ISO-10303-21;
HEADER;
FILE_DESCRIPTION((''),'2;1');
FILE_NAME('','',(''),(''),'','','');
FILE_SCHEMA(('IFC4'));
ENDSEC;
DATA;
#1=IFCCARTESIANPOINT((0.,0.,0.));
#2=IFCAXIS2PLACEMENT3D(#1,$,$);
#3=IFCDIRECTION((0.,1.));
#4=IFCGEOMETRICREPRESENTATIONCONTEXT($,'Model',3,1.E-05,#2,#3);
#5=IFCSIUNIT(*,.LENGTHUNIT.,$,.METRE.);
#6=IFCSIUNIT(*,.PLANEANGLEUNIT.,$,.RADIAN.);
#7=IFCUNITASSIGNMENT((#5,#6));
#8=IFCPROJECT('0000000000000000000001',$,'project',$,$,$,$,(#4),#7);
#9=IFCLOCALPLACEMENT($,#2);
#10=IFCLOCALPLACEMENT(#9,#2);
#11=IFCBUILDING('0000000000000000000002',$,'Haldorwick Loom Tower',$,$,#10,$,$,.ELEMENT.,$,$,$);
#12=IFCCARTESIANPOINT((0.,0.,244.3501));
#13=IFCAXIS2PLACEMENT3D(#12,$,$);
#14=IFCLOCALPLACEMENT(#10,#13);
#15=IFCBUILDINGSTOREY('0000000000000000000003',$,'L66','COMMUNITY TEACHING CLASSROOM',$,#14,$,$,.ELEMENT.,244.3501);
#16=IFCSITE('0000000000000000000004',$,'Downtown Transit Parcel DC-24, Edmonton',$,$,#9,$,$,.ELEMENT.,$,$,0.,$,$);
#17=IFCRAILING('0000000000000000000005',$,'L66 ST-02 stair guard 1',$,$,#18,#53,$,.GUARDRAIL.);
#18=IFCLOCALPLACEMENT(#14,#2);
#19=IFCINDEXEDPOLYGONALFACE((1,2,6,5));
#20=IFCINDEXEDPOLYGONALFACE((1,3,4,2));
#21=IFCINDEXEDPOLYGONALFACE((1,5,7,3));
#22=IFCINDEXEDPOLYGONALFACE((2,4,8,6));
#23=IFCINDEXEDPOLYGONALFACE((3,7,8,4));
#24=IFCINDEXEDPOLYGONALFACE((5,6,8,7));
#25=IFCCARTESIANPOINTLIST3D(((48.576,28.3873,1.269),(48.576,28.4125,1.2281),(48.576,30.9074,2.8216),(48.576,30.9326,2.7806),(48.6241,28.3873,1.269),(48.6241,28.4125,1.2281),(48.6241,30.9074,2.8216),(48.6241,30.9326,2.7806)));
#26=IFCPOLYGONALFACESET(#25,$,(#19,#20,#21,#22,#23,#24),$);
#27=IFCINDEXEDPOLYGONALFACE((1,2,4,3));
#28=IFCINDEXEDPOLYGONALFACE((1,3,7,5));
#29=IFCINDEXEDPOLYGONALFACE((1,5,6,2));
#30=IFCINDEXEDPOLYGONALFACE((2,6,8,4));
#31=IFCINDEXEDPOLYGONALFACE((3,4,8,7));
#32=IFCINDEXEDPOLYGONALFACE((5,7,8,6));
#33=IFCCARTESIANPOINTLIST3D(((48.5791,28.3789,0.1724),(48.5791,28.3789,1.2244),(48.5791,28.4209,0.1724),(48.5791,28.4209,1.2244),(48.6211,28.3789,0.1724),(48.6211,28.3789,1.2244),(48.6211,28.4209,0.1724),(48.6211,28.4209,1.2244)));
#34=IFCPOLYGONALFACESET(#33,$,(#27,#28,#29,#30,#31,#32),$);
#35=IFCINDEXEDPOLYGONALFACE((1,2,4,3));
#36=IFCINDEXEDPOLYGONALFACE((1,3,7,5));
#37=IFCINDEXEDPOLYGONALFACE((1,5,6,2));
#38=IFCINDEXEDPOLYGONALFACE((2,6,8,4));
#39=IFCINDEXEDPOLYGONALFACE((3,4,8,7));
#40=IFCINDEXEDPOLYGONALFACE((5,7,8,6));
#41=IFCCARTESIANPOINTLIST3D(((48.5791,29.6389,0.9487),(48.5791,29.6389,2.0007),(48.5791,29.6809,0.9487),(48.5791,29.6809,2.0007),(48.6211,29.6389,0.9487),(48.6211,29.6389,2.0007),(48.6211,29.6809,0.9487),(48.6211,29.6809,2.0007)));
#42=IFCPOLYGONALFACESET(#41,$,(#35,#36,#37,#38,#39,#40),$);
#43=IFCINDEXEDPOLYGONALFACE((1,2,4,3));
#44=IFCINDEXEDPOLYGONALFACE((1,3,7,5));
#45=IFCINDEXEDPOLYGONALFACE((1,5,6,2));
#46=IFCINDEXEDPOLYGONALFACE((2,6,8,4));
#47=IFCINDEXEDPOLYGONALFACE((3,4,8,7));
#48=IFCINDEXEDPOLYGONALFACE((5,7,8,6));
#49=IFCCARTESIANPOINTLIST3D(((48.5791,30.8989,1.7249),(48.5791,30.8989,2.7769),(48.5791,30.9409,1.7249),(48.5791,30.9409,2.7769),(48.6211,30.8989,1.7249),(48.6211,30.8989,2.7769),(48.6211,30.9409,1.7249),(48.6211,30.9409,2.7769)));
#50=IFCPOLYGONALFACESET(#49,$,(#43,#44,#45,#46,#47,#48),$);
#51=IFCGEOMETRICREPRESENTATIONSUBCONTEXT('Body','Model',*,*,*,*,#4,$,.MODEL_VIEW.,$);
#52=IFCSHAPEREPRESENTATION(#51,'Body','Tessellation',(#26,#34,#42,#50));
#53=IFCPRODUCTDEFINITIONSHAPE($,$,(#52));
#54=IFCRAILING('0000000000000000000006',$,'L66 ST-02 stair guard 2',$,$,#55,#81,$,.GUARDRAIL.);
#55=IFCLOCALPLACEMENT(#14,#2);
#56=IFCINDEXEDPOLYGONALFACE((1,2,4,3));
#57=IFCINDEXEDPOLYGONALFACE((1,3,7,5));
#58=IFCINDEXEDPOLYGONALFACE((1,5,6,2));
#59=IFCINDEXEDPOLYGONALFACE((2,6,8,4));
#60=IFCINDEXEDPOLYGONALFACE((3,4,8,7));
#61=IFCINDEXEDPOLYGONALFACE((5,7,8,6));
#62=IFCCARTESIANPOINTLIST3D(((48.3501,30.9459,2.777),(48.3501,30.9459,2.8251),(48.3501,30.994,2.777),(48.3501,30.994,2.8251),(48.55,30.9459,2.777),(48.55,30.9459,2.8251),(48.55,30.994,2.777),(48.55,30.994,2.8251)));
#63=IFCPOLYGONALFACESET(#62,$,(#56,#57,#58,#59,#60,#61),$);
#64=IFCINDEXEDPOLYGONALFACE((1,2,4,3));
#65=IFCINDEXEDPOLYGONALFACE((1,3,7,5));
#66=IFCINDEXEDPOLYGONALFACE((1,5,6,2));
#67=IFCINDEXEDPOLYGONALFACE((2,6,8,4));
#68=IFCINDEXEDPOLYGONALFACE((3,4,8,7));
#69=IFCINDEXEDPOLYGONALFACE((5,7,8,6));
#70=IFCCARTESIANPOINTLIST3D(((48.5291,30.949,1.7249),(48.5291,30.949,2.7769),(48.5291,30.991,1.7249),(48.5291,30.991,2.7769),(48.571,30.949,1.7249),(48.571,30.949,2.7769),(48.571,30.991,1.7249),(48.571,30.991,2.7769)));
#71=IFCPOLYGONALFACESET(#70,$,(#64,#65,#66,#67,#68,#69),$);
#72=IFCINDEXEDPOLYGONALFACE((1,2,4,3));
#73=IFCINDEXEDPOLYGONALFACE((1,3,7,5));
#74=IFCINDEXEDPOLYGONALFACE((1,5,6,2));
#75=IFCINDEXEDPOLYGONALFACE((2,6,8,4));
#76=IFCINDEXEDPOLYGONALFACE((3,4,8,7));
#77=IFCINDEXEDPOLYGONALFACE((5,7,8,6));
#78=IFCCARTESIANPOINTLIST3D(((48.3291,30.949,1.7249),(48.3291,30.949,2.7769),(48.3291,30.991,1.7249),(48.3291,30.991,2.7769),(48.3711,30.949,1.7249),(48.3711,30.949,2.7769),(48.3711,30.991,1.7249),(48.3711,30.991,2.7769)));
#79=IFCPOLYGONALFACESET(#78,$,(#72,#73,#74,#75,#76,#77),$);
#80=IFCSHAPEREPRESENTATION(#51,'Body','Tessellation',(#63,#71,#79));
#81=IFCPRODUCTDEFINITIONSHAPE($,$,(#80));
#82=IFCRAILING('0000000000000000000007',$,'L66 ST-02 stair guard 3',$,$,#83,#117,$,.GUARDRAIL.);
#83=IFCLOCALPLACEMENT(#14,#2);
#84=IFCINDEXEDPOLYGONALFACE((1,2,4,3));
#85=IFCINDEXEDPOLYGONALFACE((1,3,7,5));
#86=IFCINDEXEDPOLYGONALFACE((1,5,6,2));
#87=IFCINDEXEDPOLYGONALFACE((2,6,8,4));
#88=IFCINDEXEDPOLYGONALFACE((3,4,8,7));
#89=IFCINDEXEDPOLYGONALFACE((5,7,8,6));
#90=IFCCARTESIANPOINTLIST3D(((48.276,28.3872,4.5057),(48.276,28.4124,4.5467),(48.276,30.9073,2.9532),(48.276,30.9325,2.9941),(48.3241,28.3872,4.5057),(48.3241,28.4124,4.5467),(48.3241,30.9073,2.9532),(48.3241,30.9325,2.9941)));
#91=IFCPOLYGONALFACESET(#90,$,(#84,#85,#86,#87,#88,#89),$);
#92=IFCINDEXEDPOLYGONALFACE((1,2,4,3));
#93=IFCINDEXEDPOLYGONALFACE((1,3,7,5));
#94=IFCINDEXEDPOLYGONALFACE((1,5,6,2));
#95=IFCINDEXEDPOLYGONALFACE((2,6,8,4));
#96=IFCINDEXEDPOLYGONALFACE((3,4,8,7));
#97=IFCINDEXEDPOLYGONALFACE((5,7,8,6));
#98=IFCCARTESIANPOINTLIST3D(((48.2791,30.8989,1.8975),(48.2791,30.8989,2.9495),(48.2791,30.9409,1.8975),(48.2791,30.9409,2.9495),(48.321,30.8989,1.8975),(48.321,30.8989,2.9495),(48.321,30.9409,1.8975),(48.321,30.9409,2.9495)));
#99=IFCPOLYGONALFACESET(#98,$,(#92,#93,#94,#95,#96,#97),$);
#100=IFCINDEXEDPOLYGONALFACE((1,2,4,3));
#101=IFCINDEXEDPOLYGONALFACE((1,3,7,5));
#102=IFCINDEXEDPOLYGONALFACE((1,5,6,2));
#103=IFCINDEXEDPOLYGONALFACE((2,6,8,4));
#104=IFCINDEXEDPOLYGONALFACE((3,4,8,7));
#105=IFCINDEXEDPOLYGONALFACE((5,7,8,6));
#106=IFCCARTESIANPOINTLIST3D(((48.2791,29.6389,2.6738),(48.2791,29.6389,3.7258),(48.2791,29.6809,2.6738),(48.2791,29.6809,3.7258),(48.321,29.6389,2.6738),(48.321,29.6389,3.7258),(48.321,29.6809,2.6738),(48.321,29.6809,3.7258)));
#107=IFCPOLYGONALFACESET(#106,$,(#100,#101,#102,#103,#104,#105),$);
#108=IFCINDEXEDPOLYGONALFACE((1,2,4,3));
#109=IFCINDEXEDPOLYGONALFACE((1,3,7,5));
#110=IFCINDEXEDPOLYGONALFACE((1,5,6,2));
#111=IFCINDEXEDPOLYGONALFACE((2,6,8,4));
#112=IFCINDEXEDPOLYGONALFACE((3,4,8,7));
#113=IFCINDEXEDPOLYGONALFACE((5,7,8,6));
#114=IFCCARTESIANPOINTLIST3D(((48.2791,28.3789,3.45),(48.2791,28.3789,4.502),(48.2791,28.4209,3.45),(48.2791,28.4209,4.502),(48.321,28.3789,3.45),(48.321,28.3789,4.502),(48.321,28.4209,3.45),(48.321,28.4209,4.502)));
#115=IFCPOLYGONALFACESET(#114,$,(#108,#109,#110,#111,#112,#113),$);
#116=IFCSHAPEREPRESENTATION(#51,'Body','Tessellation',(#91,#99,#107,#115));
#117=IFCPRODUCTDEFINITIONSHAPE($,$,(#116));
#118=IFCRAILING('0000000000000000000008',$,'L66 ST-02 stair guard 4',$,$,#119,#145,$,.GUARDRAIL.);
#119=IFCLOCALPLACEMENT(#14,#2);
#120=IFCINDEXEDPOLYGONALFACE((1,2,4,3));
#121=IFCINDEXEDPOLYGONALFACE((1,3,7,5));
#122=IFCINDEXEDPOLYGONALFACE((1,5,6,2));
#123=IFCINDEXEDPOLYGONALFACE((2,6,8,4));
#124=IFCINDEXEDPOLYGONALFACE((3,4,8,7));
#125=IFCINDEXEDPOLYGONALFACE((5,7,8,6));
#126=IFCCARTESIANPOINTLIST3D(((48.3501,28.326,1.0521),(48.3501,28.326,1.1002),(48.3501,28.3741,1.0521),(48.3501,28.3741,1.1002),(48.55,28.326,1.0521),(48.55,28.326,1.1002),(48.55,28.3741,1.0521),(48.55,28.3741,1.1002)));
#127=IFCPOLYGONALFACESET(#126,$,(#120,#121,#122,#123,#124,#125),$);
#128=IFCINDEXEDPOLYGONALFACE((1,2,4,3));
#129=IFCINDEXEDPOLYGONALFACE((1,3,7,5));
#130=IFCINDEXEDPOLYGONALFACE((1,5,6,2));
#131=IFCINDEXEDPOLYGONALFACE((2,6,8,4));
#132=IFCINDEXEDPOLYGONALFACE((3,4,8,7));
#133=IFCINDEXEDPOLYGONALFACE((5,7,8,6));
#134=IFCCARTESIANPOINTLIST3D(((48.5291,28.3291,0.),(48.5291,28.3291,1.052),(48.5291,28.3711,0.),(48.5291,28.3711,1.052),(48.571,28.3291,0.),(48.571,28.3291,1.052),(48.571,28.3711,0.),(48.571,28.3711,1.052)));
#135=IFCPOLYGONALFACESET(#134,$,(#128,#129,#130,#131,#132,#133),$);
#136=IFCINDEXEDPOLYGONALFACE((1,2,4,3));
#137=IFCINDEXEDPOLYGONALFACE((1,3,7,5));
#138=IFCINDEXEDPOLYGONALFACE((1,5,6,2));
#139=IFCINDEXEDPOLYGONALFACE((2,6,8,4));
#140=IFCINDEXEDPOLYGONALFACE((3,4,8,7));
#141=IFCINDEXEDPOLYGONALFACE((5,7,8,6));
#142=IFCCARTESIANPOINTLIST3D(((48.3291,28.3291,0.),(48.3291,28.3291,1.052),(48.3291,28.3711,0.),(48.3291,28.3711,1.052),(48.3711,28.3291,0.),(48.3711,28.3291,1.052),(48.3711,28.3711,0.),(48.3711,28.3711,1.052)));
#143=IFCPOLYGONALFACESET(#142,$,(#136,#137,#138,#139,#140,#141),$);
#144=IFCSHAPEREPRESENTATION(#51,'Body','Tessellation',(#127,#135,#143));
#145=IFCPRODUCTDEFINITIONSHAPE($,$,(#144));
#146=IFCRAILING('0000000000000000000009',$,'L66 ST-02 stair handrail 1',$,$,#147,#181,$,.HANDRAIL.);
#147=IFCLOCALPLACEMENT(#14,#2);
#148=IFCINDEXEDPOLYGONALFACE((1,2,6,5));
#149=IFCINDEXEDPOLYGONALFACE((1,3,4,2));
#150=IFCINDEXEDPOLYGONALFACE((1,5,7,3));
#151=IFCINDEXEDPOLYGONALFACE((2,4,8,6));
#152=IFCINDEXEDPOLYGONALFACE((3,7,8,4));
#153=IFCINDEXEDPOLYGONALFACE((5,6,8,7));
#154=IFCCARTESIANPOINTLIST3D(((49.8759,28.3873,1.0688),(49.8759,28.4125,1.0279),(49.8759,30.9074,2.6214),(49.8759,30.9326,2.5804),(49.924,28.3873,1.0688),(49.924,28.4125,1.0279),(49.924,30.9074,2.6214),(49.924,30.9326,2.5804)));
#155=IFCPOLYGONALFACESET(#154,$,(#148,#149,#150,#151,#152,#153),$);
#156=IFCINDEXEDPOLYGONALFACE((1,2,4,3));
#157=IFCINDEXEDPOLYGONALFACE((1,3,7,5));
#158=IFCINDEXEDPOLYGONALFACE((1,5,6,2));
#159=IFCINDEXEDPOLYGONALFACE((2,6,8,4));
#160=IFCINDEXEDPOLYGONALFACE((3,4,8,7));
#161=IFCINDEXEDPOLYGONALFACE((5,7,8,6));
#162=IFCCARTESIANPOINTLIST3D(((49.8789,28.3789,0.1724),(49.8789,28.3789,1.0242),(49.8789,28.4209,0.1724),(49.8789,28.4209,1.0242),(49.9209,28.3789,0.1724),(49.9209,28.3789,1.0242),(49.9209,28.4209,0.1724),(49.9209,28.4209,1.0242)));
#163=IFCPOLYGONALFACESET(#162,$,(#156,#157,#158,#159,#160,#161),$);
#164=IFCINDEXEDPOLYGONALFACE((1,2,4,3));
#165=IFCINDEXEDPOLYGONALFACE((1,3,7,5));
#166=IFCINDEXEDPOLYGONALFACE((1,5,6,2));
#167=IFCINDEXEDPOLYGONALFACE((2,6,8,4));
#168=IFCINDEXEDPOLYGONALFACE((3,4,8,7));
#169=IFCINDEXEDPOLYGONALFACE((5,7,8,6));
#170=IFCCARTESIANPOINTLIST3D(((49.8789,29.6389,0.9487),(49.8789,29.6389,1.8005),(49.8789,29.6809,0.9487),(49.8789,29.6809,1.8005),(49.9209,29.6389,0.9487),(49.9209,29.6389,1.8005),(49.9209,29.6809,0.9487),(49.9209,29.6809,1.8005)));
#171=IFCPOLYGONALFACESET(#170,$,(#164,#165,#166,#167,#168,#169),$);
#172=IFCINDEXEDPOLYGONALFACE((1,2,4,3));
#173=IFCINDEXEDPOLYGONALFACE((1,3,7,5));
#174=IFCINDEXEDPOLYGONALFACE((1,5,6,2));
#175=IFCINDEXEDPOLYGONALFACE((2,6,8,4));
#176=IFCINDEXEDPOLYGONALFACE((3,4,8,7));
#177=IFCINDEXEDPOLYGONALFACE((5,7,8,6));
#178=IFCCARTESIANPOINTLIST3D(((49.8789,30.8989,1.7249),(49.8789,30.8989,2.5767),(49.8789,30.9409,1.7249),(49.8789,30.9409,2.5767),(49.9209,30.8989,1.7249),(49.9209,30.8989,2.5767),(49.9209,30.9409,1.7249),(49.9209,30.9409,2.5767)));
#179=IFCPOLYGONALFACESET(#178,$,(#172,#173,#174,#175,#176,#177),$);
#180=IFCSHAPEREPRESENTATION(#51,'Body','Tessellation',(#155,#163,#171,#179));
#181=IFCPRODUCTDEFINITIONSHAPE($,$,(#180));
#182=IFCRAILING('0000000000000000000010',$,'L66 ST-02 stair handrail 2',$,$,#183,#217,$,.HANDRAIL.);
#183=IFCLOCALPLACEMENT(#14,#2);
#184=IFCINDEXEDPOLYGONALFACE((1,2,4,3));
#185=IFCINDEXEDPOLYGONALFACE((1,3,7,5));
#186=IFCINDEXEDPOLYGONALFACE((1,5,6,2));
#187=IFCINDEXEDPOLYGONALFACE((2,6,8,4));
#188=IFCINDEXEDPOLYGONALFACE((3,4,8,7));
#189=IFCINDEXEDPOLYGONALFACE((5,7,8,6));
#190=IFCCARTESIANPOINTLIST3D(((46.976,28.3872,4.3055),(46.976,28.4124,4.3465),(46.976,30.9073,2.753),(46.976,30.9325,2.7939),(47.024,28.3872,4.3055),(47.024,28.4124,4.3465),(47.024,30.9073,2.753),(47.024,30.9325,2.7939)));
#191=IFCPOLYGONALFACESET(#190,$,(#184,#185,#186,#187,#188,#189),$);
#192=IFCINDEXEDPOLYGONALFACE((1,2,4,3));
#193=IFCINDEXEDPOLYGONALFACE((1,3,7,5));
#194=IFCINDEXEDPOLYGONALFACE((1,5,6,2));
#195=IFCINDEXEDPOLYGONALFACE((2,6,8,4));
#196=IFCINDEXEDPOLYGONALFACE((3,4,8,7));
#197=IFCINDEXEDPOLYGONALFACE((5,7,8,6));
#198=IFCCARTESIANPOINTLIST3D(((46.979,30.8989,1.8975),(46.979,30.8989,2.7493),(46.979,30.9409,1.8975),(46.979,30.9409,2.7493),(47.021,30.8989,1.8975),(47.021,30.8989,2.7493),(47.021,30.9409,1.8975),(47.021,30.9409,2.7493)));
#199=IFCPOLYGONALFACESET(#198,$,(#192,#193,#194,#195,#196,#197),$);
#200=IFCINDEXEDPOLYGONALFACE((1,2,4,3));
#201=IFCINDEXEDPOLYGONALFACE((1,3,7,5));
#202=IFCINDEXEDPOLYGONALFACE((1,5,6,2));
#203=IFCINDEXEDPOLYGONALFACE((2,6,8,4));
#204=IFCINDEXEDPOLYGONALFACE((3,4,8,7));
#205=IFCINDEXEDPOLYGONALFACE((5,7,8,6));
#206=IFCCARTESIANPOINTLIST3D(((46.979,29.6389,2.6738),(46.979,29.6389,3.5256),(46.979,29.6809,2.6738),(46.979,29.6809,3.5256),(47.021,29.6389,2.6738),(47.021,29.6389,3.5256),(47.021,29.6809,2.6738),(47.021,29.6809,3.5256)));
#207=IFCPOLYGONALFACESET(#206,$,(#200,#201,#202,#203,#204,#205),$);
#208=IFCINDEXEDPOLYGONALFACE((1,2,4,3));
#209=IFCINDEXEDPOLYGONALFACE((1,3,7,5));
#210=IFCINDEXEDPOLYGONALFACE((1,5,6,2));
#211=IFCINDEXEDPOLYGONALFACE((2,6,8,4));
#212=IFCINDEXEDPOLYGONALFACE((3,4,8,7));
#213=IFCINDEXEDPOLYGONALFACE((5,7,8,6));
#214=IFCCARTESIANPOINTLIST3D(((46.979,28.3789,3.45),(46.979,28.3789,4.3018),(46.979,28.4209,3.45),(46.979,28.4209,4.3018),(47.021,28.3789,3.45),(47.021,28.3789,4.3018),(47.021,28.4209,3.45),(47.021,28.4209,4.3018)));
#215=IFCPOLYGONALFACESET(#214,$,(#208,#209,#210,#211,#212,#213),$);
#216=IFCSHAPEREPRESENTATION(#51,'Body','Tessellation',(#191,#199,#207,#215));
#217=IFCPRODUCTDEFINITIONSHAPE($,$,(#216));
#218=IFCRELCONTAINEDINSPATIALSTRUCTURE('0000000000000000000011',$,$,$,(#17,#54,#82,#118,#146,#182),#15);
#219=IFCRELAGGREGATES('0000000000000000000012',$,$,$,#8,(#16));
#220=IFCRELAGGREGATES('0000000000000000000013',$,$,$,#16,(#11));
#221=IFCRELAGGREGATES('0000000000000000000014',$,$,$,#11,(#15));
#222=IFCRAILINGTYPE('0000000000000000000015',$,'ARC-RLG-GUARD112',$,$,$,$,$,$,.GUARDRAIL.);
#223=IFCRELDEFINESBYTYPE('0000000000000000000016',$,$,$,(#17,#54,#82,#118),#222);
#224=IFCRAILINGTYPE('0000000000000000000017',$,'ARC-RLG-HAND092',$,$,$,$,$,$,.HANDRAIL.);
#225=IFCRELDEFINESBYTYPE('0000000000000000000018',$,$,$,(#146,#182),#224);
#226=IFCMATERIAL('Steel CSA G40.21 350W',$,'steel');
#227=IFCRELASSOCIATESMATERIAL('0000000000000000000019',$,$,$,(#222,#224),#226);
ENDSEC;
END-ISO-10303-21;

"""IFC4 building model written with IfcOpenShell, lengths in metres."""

from ifc_helpers import new_model, si_unit, direction, frame, origin, origin_2d, place, context, subcontext, project, spatial, rectangle, extrude, material, type_object, element, save


model = new_model("IFC4")

# Units and contexts
model_context = context("Model", 3, precision=1e-05, world=origin(), true_north=direction((0.0, 1.0)))
body_context = subcontext(model_context, "Body", "Model", "MODEL_VIEW")
ifc_project = project(units=[si_unit("LENGTHUNIT", "METRE"), si_unit("PLANEANGLEUNIT", "RADIAN")], contexts=[model_context])

# Site, building, storey
site_placement = place(None, origin())
site = spatial("IfcSite", under=ifc_project, at=site_placement, Name="Downtown Transit Parcel DC-24, Edmonton", CompositionType="ELEMENT", RefElevation=0.0)
building_placement = place(site_placement, origin())
building = spatial("IfcBuilding", under=site, at=building_placement, Name="Haldorwick Loom Tower", CompositionType="ELEMENT")
storey_placement = place(building_placement, frame((0.0, 0.0, 244.3501)))
storey = spatial("IfcBuildingStorey", under=building, at=storey_placement, Name="L66", Description="COMMUNITY TEACHING CLASSROOM", CompositionType="ELEMENT", Elevation=244.3501)

# Shared definitions
ifc_material_1 = material(Name="Steel CSA G40.21 350W", Category="steel")

# Railings
railing_type_1 = type_object("IfcRailingType", Name="ARC-RLG-GUARD112", PredefinedType="GUARDRAIL", material=ifc_material_1)
railing_1_placement = place(storey_placement, frame((48.6001, 28.3999, 0.1724)))
element("IfcRailing", 1, at=railing_1_placement, inside=storey, type_object=railing_type_1, Name="L66 ST-02 stair guard 1", PredefinedType="GUARDRAIL", context=body_context, shape_type="SweptSolid", body=[
    extrude(rectangle(XDim=0.0481, YDim=0.0481, at=origin_2d()), frame((0.0, 0.0, 1.0762), z_axis=(0.0, 0.8514, 0.524516), x_axis=(-1.0, 0.0, 0.0)), (0.0, 0.0, 1.0), 2.96),
    extrude(rectangle(XDim=0.042, YDim=0.042, at=origin_2d()), origin(), (0.0, 0.0, 1.0), 1.052),
    extrude(rectangle(XDim=0.042, YDim=0.042, at=origin_2d()), frame((0.0, 1.26, 0.7764)), (0.0, 0.0, 1.0), 1.052),
    extrude(rectangle(XDim=0.042, YDim=0.042, at=origin_2d()), frame((0.0, 2.52, 1.5525)), (0.0, 0.0, 1.0), 1.052),
])
railing_2_placement = place(storey_placement, frame((48.55, 30.97, 1.7249)))
element("IfcRailing", 2, at=railing_2_placement, inside=storey, type_object=railing_type_1, Name="L66 ST-02 stair guard 2", PredefinedType="GUARDRAIL", context=body_context, shape_type="SweptSolid", body=[
    extrude(rectangle(XDim=0.0481, YDim=0.0481, at=origin_2d()), frame((0.0, 0.0, 1.0762), z_axis=(-1.0, 0.0, 0.0), x_axis=(0.0, -1.0, 0.0)), (0.0, 0.0, 1.0), 0.2),
    extrude(rectangle(XDim=0.042, YDim=0.042, at=origin_2d()), origin(), (0.0, 0.0, 1.0), 1.052),
    extrude(rectangle(XDim=0.042, YDim=0.042, at=origin_2d()), frame((-0.2, 0.0, 0.0)), (0.0, 0.0, 1.0), 1.052),
])
railing_3_placement = place(storey_placement, frame((48.3, 30.9199, 1.8975)))
element("IfcRailing", 3, at=railing_3_placement, inside=storey, type_object=railing_type_1, Name="L66 ST-02 stair guard 3", PredefinedType="GUARDRAIL", context=body_context, shape_type="SweptSolid", body=[
    extrude(rectangle(XDim=0.0481, YDim=0.0481, at=origin_2d()), frame((0.0, 0.0, 1.0762), z_axis=(0.0, -0.8514, 0.524516), x_axis=(1.0, 0.0, 0.0)), (0.0, 0.0, 1.0), 2.96),
    extrude(rectangle(XDim=0.042, YDim=0.042, at=origin_2d()), origin(), (0.0, 0.0, 1.0), 1.052),
    extrude(rectangle(XDim=0.042, YDim=0.042, at=origin_2d()), frame((0.0, -1.26, 0.7764)), (0.0, 0.0, 1.0), 1.052),
    extrude(rectangle(XDim=0.042, YDim=0.042, at=origin_2d()), frame((0.0, -2.52, 1.5525)), (0.0, 0.0, 1.0), 1.052),
])
railing_4_placement = place(storey_placement, frame((48.55, 28.3501, 0.0)))
element("IfcRailing", 4, at=railing_4_placement, inside=storey, type_object=railing_type_1, Name="L66 ST-02 stair guard 4", PredefinedType="GUARDRAIL", context=body_context, shape_type="SweptSolid", body=[
    extrude(rectangle(XDim=0.0481, YDim=0.0481, at=origin_2d()), frame((0.0, 0.0, 1.0762), z_axis=(-1.0, 0.0, 0.0), x_axis=(0.0, -1.0, 0.0)), (0.0, 0.0, 1.0), 0.2),
    extrude(rectangle(XDim=0.042, YDim=0.042, at=origin_2d()), origin(), (0.0, 0.0, 1.0), 1.052),
    extrude(rectangle(XDim=0.042, YDim=0.042, at=origin_2d()), frame((-0.2, 0.0, 0.0)), (0.0, 0.0, 1.0), 1.052),
])
railing_type_2 = type_object("IfcRailingType", Name="ARC-RLG-HAND092", PredefinedType="HANDRAIL", material=ifc_material_1)
railing_5_placement = place(storey_placement, frame((49.8999, 28.3999, 0.1724)))
element("IfcRailing", 5, at=railing_5_placement, inside=storey, type_object=railing_type_2, Name="L66 ST-02 stair handrail 1", PredefinedType="HANDRAIL", context=body_context, shape_type="SweptSolid", body=[
    extrude(rectangle(XDim=0.0481, YDim=0.0481, at=origin_2d()), frame((0.0, 0.0, 0.876), z_axis=(0.0, 0.8514, 0.524516), x_axis=(-1.0, 0.0, 0.0)), (0.0, 0.0, 1.0), 2.96),
    extrude(rectangle(XDim=0.042, YDim=0.042, at=origin_2d()), origin(), (0.0, 0.0, 1.0), 0.8518),
    extrude(rectangle(XDim=0.042, YDim=0.042, at=origin_2d()), frame((0.0, 1.26, 0.7764)), (0.0, 0.0, 1.0), 0.8518),
    extrude(rectangle(XDim=0.042, YDim=0.042, at=origin_2d()), frame((0.0, 2.52, 1.5525)), (0.0, 0.0, 1.0), 0.8518),
])
railing_6_placement = place(storey_placement, frame((47.0, 30.9199, 1.8975)))
element("IfcRailing", 6, at=railing_6_placement, inside=storey, type_object=railing_type_2, Name="L66 ST-02 stair handrail 2", PredefinedType="HANDRAIL", context=body_context, shape_type="SweptSolid", body=[
    extrude(rectangle(XDim=0.0481, YDim=0.0481, at=origin_2d()), frame((0.0, 0.0, 0.876), z_axis=(0.0, -0.8514, 0.524516), x_axis=(1.0, 0.0, 0.0)), (0.0, 0.0, 1.0), 2.96),
    extrude(rectangle(XDim=0.042, YDim=0.042, at=origin_2d()), origin(), (0.0, 0.0, 1.0), 0.8518),
    extrude(rectangle(XDim=0.042, YDim=0.042, at=origin_2d()), frame((0.0, -1.26, 0.7764)), (0.0, 0.0, 1.0), 0.8518),
    extrude(rectangle(XDim=0.042, YDim=0.042, at=origin_2d()), frame((0.0, -2.52, 1.5525)), (0.0, 0.0, 1.0), 0.8518),
])

save(model, "model.ifc")
